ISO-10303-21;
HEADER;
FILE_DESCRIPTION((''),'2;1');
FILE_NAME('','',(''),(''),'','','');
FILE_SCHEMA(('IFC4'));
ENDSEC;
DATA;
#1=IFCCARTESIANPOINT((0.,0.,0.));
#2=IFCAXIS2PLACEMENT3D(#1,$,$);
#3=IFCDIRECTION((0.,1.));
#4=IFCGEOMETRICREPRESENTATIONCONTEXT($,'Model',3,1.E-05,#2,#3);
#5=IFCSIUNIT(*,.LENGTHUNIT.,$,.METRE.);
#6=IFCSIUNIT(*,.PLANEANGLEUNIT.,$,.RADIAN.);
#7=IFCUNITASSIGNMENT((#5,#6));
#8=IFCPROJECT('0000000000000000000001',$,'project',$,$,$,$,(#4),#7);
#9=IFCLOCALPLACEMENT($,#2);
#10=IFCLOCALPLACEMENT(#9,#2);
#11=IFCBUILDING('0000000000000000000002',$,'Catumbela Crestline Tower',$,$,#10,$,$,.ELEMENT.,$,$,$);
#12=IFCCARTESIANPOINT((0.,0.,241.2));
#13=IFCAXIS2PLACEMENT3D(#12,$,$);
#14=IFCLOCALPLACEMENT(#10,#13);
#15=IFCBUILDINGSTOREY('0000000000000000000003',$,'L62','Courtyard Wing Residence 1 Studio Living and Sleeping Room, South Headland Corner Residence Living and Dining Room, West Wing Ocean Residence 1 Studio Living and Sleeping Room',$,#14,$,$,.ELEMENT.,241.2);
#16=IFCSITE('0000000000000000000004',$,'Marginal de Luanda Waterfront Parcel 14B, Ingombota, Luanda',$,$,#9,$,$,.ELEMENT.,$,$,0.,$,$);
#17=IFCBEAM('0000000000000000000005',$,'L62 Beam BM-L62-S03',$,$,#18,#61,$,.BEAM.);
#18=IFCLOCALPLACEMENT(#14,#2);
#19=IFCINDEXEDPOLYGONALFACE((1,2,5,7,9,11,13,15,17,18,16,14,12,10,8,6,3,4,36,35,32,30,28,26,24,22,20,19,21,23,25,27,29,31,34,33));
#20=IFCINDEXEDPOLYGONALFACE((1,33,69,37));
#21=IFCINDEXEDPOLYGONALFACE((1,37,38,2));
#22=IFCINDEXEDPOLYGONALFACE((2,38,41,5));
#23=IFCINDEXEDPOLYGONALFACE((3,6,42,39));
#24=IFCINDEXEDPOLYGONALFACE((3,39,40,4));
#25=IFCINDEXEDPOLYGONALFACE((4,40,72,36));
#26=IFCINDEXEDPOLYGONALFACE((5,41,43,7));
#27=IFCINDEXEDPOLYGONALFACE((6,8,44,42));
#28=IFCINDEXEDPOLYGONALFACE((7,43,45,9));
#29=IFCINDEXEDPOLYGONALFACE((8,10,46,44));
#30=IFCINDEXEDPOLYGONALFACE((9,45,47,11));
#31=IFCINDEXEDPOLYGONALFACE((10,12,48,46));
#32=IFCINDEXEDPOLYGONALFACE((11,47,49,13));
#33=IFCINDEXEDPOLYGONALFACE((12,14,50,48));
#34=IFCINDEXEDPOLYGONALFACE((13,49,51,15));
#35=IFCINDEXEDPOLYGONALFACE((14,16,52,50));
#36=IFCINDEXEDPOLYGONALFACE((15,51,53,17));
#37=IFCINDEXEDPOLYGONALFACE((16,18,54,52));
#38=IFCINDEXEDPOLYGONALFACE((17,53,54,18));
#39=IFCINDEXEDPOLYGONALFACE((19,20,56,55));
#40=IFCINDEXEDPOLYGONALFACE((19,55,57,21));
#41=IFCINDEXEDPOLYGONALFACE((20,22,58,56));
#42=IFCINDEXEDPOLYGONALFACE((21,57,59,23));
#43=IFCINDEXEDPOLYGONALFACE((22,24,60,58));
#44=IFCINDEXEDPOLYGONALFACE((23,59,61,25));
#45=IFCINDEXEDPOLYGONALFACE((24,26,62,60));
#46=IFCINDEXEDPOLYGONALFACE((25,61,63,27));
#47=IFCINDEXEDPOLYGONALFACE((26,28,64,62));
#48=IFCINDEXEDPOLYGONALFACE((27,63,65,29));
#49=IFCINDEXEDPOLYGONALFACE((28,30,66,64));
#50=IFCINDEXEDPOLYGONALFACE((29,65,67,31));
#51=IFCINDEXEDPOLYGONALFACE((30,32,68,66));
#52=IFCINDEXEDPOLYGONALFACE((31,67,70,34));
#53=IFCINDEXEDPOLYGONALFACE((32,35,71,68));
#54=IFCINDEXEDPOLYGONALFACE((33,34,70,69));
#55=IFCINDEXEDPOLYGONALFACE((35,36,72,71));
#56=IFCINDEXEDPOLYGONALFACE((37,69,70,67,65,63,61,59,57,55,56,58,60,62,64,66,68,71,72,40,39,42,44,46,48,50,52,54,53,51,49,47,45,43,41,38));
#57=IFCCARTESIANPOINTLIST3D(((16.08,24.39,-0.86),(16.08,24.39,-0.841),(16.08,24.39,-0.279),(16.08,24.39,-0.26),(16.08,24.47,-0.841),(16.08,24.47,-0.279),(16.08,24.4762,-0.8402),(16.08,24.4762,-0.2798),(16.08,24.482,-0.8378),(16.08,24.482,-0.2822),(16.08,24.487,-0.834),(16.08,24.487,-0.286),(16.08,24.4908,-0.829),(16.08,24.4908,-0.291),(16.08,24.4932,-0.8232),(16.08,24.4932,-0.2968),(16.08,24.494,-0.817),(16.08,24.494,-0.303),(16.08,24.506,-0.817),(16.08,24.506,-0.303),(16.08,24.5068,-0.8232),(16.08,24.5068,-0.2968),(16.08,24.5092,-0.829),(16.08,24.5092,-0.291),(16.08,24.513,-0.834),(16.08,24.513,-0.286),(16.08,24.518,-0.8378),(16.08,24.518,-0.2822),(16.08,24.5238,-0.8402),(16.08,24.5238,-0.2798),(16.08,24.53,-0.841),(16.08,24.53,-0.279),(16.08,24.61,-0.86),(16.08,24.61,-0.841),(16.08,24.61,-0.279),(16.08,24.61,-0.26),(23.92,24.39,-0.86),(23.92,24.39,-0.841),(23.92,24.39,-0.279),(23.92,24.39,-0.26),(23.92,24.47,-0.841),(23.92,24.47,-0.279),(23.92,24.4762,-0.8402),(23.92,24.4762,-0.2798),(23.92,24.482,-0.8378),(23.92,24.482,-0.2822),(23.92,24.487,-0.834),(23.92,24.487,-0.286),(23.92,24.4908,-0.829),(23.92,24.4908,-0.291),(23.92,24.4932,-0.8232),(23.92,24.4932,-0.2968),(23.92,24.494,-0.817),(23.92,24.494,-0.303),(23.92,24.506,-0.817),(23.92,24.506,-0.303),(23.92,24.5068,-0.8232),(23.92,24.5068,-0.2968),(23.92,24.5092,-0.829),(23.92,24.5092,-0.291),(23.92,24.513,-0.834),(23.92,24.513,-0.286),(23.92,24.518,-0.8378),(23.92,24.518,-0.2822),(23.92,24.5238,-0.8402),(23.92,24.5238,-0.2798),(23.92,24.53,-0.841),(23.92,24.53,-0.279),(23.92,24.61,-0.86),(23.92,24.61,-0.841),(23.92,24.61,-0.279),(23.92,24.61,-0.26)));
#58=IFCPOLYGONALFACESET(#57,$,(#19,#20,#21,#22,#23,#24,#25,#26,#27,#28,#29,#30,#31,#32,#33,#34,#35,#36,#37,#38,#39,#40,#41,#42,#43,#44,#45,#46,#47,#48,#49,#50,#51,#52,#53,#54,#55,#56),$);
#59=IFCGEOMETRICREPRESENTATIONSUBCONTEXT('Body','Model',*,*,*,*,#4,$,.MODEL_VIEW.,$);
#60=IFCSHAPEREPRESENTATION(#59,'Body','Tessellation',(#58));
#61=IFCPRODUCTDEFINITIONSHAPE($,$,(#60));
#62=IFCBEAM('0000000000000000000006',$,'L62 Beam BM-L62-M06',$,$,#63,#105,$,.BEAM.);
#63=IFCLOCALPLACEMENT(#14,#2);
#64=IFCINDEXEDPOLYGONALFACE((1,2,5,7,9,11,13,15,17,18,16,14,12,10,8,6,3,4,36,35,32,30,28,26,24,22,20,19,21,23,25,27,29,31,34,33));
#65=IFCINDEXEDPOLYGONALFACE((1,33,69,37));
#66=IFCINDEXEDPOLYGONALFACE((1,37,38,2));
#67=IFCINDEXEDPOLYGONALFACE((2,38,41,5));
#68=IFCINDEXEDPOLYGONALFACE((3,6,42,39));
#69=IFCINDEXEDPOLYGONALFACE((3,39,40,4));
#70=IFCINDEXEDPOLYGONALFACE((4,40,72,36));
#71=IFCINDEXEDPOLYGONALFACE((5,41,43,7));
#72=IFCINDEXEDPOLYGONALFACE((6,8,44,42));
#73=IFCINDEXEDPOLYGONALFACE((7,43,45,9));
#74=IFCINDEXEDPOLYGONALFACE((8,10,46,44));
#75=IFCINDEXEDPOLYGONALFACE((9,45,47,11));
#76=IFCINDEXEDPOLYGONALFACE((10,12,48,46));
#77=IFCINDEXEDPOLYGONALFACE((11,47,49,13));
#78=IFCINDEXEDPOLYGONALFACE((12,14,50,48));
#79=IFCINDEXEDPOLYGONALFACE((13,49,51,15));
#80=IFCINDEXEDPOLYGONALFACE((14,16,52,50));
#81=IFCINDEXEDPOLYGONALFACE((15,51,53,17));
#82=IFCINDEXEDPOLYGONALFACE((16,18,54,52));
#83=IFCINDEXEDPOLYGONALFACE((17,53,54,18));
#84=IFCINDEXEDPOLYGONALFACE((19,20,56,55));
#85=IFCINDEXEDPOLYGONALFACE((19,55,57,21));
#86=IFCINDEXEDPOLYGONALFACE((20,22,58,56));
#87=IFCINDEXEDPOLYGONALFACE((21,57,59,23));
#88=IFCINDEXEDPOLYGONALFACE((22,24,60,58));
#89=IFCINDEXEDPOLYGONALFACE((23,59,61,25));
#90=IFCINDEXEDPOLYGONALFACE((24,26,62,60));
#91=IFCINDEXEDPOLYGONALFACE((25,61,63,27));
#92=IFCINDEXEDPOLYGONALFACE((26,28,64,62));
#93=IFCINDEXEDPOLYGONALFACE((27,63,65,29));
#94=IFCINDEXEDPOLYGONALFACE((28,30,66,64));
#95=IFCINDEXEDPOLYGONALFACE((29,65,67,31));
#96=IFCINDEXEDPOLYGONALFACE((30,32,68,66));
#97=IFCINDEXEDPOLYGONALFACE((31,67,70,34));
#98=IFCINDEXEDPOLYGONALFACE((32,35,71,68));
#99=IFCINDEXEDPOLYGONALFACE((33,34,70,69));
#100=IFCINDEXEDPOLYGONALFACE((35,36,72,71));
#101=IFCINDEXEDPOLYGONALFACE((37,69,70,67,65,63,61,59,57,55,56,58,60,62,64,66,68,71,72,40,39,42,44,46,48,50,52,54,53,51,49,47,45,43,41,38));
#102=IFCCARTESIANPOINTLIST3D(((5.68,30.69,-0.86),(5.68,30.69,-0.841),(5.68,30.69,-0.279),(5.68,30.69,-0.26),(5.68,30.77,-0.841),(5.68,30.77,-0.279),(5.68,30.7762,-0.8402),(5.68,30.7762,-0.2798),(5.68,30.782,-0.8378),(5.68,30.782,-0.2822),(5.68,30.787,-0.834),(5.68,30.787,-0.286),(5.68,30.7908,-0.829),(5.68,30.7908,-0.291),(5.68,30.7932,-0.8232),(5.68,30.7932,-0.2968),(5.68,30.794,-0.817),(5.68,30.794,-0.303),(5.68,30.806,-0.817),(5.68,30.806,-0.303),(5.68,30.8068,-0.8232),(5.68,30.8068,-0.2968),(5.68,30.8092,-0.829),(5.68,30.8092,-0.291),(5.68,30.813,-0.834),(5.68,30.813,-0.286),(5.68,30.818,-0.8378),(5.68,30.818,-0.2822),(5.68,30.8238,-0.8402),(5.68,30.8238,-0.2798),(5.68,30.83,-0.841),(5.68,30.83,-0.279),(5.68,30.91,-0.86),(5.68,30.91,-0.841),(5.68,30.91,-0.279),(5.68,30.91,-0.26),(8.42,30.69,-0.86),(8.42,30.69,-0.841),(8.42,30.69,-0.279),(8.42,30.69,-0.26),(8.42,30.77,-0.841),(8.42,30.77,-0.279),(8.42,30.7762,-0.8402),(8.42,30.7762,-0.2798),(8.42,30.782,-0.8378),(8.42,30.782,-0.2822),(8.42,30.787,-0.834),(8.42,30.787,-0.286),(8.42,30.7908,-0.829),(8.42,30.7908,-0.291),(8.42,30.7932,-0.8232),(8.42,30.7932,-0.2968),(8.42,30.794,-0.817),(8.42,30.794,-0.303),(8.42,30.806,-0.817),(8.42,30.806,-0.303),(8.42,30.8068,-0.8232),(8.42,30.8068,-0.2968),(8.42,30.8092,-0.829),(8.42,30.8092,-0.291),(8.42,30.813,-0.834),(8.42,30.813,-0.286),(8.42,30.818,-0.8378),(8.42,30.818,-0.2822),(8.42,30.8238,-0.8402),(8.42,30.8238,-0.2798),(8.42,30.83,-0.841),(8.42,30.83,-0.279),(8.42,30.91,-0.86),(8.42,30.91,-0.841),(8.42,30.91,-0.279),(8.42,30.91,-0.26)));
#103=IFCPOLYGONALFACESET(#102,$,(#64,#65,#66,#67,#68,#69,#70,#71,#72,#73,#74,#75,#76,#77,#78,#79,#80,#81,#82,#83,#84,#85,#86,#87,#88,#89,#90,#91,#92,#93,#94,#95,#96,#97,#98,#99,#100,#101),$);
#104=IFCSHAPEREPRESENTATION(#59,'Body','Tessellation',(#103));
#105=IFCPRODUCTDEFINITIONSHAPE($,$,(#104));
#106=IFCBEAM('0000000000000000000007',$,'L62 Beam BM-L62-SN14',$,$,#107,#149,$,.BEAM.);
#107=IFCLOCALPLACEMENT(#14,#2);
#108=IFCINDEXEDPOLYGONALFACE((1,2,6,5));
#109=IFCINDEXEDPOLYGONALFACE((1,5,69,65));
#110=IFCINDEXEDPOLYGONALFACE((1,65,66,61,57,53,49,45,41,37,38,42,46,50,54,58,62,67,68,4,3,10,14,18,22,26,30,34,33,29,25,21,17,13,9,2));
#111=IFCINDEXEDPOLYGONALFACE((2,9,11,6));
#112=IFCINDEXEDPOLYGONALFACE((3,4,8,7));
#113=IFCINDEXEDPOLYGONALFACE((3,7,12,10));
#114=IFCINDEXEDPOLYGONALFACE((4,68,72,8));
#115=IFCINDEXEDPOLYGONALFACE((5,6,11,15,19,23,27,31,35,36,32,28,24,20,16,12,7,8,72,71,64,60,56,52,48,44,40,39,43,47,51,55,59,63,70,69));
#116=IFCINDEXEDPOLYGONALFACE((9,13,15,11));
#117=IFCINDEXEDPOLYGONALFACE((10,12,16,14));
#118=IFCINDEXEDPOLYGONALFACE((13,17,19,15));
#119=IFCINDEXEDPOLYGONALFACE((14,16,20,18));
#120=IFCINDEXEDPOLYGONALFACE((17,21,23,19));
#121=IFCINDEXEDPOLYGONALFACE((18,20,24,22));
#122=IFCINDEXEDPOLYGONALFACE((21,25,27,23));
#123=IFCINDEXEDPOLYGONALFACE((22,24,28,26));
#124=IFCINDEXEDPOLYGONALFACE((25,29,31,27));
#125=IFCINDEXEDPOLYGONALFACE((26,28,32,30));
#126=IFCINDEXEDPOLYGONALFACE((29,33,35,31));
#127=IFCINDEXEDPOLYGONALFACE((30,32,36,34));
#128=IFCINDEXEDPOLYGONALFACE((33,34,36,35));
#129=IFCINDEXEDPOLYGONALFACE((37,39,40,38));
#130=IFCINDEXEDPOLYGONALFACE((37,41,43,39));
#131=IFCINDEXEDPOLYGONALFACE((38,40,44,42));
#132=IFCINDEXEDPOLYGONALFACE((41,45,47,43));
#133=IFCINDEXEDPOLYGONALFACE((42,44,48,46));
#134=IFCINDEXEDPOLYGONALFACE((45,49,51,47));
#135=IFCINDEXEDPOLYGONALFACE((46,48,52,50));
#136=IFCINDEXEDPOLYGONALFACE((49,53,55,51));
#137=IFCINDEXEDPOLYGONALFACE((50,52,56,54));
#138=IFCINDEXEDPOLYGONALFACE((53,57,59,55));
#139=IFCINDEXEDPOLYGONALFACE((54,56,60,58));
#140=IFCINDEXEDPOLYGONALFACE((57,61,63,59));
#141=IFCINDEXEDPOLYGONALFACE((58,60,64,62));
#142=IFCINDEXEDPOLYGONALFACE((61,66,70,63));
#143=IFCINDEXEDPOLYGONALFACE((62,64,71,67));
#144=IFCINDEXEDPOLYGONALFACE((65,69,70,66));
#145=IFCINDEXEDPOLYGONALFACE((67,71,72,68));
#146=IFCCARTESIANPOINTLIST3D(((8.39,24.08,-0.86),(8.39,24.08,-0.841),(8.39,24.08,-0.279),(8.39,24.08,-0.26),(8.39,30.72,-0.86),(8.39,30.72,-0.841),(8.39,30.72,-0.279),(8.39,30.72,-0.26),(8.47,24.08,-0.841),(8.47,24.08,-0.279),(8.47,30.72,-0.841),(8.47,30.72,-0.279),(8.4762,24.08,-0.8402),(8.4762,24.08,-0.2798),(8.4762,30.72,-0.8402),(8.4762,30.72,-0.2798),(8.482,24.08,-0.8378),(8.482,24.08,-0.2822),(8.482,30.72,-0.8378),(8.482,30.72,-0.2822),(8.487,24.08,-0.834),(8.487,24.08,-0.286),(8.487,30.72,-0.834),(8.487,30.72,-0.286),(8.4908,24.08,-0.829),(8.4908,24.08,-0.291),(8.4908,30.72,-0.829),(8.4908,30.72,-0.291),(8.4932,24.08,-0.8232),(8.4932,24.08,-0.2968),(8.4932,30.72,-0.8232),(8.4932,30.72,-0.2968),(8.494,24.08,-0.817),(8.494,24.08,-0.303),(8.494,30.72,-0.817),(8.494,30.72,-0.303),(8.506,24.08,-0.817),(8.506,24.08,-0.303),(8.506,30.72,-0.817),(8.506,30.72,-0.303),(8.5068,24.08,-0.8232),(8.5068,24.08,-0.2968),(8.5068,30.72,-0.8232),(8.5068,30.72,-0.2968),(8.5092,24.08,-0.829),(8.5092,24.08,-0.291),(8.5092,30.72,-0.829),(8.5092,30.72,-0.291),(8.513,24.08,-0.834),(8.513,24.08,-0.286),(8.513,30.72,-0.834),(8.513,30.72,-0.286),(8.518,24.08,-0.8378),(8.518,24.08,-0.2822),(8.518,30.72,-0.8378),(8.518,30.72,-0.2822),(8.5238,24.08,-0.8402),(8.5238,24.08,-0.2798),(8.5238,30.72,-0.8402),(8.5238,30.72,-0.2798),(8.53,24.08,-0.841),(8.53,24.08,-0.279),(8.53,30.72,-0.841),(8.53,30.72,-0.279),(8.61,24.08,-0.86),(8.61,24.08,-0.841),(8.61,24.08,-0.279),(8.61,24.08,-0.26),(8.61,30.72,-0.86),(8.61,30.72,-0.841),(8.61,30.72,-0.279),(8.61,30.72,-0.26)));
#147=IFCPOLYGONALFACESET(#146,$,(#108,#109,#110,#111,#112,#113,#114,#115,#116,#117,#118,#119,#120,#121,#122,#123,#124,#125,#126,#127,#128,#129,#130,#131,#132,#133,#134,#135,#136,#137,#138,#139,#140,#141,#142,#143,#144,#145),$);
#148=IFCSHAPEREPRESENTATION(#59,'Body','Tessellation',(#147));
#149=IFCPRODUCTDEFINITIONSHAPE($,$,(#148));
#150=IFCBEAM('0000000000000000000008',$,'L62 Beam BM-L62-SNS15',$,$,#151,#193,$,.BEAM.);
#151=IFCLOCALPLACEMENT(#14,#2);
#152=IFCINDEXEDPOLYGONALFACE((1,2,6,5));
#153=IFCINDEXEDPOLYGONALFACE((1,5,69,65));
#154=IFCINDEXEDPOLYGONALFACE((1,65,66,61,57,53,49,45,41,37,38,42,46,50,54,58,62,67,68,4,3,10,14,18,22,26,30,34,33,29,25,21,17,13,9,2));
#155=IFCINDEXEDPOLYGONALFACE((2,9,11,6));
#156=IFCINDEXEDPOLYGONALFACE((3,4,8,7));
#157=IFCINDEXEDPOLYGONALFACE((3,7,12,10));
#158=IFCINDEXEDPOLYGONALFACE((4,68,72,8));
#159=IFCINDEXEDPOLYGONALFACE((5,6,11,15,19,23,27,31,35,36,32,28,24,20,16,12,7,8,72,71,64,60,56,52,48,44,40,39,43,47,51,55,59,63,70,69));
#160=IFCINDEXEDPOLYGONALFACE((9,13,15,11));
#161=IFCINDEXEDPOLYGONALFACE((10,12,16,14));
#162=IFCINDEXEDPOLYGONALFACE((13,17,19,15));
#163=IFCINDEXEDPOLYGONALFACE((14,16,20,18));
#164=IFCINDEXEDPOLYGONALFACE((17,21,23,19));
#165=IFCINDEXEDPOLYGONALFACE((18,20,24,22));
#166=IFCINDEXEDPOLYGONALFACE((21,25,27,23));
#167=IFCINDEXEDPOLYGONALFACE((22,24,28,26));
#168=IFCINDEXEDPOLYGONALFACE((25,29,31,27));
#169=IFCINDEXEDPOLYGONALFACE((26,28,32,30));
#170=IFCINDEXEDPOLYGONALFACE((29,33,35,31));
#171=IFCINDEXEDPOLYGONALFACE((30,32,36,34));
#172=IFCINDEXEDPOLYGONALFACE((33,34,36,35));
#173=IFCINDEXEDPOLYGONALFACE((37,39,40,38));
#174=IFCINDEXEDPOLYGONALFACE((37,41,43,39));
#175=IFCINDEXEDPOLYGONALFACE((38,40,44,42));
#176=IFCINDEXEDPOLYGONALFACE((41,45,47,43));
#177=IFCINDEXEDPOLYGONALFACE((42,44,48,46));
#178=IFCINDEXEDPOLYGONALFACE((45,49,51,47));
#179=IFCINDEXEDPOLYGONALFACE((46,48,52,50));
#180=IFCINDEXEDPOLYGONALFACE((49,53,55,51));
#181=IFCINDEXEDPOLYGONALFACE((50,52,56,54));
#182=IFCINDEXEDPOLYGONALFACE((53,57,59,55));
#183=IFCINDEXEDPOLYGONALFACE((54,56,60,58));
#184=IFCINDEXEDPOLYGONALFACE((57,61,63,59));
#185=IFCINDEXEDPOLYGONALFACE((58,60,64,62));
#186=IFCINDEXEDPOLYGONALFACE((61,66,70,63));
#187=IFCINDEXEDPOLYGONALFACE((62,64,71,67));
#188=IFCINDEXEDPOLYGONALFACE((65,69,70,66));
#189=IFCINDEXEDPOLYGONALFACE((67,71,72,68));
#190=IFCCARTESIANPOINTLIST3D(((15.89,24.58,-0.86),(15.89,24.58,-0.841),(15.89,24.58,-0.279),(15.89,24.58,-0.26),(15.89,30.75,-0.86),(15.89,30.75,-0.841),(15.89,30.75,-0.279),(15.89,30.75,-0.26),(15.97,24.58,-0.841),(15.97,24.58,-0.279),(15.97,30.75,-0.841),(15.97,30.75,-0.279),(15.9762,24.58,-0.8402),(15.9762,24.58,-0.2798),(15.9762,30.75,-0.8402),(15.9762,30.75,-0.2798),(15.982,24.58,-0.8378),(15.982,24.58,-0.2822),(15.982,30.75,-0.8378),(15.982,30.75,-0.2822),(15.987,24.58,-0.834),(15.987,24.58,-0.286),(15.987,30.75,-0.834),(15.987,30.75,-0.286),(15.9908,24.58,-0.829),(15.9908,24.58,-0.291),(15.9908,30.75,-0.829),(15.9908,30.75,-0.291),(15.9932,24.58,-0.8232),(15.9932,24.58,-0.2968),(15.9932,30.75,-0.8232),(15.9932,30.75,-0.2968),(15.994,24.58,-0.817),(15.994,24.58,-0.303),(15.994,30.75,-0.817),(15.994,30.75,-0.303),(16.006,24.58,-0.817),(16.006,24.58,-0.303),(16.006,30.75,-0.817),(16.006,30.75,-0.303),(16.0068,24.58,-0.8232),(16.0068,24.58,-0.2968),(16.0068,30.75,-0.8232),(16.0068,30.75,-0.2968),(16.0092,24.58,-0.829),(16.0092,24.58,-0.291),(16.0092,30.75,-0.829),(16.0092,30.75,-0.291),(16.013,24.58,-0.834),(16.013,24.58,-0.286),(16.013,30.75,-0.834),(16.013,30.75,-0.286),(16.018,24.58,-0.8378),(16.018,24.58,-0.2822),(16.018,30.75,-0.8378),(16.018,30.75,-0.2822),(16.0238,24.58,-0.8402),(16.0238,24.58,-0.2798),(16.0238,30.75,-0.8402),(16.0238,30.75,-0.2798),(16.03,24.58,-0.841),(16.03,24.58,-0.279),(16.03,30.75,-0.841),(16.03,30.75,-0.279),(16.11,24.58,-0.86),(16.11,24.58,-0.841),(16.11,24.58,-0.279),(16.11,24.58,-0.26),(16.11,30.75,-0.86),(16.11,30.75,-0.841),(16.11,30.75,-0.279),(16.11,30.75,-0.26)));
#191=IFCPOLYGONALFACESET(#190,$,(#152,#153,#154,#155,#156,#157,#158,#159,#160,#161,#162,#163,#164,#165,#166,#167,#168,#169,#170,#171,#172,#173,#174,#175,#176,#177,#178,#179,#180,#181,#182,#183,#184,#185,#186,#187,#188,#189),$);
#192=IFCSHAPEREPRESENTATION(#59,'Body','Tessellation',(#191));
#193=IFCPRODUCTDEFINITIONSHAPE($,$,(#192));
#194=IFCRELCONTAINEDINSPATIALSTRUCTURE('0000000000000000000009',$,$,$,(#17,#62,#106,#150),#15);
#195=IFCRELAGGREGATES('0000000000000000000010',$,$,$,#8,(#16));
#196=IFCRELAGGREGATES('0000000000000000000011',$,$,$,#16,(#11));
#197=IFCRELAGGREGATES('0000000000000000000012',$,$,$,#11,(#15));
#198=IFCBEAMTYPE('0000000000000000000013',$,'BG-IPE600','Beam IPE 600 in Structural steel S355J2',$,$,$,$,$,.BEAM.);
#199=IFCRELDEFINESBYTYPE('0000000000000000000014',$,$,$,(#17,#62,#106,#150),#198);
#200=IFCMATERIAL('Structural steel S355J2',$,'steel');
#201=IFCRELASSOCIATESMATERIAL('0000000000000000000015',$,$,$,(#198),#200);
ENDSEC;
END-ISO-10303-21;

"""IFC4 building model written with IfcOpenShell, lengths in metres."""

from ifc_helpers import new_model, si_unit, direction, frame, origin, origin_2d, place, context, subcontext, project, spatial, i_section, extrude, material, material_profile, profile_set, type_object, element, save


model = new_model("IFC4")

# Units and contexts
model_context = context("Model", 3, precision=1e-05, world=origin(), true_north=direction((0.0, 1.0)))
body_context = subcontext(model_context, "Body", "Model", "MODEL_VIEW")
ifc_project = project(units=[si_unit("LENGTHUNIT", "METRE"), si_unit("PLANEANGLEUNIT", "RADIAN")], contexts=[model_context])

# Site, building, storey
site_placement = place(None, origin())
site = spatial("IfcSite", under=ifc_project, at=site_placement, Name="Marginal de Luanda Waterfront Parcel 14B, Ingombota, Luanda", CompositionType="ELEMENT", RefElevation=0.0)
building_placement = place(site_placement, origin())
building = spatial("IfcBuilding", under=site, at=building_placement, Name="Catumbela Crestline Tower", CompositionType="ELEMENT")
storey_placement = place(building_placement, frame((0.0, 0.0, 241.2)))
storey = spatial("IfcBuildingStorey", under=building, at=storey_placement, Name="L62", Description="Courtyard Wing Residence 1 Studio Living and Sleeping Room, South Headland Corner Residence Living and Dining Room, West Wing Ocean Residence 1 Studio Living and Sleeping Room", CompositionType="ELEMENT", Elevation=241.2)

# Shared definitions
ifc_material_1 = material(Name="Structural steel S355J2", Category="steel")

# Beams
ifc_material_profile_1 = material_profile(ifc_material_1, i_section(OverallWidth=0.22, OverallDepth=0.6, WebThickness=0.012, FlangeThickness=0.019, FilletRadius=0.024, at=origin_2d()), Name="IPE 600")
ifc_profile_set_1 = profile_set([ifc_material_profile_1], Name="Structural steel S355J2")
beam_type = type_object("IfcBeamType", Name="BG-IPE600", Description="Beam IPE 600 in Structural steel S355J2", PredefinedType="BEAM", material=ifc_profile_set_1)
beam_1_placement = place(storey_placement, frame((16.08, 24.5, -0.56), z_axis=(1.0, 0.0, 0.0), x_axis=(0.0, 1.0, 0.0)))
element("IfcBeam", 1, at=beam_1_placement, inside=storey, type_object=beam_type, Name="L62 Beam BM-L62-S03", PredefinedType="BEAM", context=body_context, shape_type="SweptSolid", body=[
    extrude(i_section(OverallWidth=0.22, OverallDepth=0.6, WebThickness=0.012, FlangeThickness=0.019, FilletRadius=0.024, at=origin_2d()), origin(), (0.0, 0.0, 1.0), 7.84),
])
beam_2_placement = place(storey_placement, frame((5.68, 30.8, -0.56), z_axis=(1.0, 0.0, 0.0), x_axis=(0.0, 1.0, 0.0)))
element("IfcBeam", 2, at=beam_2_placement, inside=storey, type_object=beam_type, Name="L62 Beam BM-L62-M06", PredefinedType="BEAM", context=body_context, shape_type="SweptSolid", body=[
    extrude(i_section(OverallWidth=0.22, OverallDepth=0.6, WebThickness=0.012, FlangeThickness=0.019, FilletRadius=0.024, at=origin_2d()), origin(), (0.0, 0.0, 1.0), 2.74),
])
beam_3_placement = place(storey_placement, frame((8.5, 24.08, -0.56), z_axis=(0.0, 1.0, 0.0), x_axis=(-1.0, 0.0, 0.0)))
element("IfcBeam", 3, at=beam_3_placement, inside=storey, type_object=beam_type, Name="L62 Beam BM-L62-SN14", PredefinedType="BEAM", context=body_context, shape_type="SweptSolid", body=[
    extrude(i_section(OverallWidth=0.22, OverallDepth=0.6, WebThickness=0.012, FlangeThickness=0.019, FilletRadius=0.024, at=origin_2d()), origin(), (0.0, 0.0, 1.0), 6.64),
])
beam_4_placement = place(storey_placement, frame((16.0, 24.58, -0.56), z_axis=(0.0, 1.0, 0.0), x_axis=(-1.0, 0.0, 0.0)))
element("IfcBeam", 4, at=beam_4_placement, inside=storey, type_object=beam_type, Name="L62 Beam BM-L62-SNS15", PredefinedType="BEAM", context=body_context, shape_type="SweptSolid", body=[
    extrude(i_section(OverallWidth=0.22, OverallDepth=0.6, WebThickness=0.012, FlangeThickness=0.019, FilletRadius=0.024, at=origin_2d()), origin(), (0.0, 0.0, 1.0), 6.17),
])

save(model, "model.ifc")
